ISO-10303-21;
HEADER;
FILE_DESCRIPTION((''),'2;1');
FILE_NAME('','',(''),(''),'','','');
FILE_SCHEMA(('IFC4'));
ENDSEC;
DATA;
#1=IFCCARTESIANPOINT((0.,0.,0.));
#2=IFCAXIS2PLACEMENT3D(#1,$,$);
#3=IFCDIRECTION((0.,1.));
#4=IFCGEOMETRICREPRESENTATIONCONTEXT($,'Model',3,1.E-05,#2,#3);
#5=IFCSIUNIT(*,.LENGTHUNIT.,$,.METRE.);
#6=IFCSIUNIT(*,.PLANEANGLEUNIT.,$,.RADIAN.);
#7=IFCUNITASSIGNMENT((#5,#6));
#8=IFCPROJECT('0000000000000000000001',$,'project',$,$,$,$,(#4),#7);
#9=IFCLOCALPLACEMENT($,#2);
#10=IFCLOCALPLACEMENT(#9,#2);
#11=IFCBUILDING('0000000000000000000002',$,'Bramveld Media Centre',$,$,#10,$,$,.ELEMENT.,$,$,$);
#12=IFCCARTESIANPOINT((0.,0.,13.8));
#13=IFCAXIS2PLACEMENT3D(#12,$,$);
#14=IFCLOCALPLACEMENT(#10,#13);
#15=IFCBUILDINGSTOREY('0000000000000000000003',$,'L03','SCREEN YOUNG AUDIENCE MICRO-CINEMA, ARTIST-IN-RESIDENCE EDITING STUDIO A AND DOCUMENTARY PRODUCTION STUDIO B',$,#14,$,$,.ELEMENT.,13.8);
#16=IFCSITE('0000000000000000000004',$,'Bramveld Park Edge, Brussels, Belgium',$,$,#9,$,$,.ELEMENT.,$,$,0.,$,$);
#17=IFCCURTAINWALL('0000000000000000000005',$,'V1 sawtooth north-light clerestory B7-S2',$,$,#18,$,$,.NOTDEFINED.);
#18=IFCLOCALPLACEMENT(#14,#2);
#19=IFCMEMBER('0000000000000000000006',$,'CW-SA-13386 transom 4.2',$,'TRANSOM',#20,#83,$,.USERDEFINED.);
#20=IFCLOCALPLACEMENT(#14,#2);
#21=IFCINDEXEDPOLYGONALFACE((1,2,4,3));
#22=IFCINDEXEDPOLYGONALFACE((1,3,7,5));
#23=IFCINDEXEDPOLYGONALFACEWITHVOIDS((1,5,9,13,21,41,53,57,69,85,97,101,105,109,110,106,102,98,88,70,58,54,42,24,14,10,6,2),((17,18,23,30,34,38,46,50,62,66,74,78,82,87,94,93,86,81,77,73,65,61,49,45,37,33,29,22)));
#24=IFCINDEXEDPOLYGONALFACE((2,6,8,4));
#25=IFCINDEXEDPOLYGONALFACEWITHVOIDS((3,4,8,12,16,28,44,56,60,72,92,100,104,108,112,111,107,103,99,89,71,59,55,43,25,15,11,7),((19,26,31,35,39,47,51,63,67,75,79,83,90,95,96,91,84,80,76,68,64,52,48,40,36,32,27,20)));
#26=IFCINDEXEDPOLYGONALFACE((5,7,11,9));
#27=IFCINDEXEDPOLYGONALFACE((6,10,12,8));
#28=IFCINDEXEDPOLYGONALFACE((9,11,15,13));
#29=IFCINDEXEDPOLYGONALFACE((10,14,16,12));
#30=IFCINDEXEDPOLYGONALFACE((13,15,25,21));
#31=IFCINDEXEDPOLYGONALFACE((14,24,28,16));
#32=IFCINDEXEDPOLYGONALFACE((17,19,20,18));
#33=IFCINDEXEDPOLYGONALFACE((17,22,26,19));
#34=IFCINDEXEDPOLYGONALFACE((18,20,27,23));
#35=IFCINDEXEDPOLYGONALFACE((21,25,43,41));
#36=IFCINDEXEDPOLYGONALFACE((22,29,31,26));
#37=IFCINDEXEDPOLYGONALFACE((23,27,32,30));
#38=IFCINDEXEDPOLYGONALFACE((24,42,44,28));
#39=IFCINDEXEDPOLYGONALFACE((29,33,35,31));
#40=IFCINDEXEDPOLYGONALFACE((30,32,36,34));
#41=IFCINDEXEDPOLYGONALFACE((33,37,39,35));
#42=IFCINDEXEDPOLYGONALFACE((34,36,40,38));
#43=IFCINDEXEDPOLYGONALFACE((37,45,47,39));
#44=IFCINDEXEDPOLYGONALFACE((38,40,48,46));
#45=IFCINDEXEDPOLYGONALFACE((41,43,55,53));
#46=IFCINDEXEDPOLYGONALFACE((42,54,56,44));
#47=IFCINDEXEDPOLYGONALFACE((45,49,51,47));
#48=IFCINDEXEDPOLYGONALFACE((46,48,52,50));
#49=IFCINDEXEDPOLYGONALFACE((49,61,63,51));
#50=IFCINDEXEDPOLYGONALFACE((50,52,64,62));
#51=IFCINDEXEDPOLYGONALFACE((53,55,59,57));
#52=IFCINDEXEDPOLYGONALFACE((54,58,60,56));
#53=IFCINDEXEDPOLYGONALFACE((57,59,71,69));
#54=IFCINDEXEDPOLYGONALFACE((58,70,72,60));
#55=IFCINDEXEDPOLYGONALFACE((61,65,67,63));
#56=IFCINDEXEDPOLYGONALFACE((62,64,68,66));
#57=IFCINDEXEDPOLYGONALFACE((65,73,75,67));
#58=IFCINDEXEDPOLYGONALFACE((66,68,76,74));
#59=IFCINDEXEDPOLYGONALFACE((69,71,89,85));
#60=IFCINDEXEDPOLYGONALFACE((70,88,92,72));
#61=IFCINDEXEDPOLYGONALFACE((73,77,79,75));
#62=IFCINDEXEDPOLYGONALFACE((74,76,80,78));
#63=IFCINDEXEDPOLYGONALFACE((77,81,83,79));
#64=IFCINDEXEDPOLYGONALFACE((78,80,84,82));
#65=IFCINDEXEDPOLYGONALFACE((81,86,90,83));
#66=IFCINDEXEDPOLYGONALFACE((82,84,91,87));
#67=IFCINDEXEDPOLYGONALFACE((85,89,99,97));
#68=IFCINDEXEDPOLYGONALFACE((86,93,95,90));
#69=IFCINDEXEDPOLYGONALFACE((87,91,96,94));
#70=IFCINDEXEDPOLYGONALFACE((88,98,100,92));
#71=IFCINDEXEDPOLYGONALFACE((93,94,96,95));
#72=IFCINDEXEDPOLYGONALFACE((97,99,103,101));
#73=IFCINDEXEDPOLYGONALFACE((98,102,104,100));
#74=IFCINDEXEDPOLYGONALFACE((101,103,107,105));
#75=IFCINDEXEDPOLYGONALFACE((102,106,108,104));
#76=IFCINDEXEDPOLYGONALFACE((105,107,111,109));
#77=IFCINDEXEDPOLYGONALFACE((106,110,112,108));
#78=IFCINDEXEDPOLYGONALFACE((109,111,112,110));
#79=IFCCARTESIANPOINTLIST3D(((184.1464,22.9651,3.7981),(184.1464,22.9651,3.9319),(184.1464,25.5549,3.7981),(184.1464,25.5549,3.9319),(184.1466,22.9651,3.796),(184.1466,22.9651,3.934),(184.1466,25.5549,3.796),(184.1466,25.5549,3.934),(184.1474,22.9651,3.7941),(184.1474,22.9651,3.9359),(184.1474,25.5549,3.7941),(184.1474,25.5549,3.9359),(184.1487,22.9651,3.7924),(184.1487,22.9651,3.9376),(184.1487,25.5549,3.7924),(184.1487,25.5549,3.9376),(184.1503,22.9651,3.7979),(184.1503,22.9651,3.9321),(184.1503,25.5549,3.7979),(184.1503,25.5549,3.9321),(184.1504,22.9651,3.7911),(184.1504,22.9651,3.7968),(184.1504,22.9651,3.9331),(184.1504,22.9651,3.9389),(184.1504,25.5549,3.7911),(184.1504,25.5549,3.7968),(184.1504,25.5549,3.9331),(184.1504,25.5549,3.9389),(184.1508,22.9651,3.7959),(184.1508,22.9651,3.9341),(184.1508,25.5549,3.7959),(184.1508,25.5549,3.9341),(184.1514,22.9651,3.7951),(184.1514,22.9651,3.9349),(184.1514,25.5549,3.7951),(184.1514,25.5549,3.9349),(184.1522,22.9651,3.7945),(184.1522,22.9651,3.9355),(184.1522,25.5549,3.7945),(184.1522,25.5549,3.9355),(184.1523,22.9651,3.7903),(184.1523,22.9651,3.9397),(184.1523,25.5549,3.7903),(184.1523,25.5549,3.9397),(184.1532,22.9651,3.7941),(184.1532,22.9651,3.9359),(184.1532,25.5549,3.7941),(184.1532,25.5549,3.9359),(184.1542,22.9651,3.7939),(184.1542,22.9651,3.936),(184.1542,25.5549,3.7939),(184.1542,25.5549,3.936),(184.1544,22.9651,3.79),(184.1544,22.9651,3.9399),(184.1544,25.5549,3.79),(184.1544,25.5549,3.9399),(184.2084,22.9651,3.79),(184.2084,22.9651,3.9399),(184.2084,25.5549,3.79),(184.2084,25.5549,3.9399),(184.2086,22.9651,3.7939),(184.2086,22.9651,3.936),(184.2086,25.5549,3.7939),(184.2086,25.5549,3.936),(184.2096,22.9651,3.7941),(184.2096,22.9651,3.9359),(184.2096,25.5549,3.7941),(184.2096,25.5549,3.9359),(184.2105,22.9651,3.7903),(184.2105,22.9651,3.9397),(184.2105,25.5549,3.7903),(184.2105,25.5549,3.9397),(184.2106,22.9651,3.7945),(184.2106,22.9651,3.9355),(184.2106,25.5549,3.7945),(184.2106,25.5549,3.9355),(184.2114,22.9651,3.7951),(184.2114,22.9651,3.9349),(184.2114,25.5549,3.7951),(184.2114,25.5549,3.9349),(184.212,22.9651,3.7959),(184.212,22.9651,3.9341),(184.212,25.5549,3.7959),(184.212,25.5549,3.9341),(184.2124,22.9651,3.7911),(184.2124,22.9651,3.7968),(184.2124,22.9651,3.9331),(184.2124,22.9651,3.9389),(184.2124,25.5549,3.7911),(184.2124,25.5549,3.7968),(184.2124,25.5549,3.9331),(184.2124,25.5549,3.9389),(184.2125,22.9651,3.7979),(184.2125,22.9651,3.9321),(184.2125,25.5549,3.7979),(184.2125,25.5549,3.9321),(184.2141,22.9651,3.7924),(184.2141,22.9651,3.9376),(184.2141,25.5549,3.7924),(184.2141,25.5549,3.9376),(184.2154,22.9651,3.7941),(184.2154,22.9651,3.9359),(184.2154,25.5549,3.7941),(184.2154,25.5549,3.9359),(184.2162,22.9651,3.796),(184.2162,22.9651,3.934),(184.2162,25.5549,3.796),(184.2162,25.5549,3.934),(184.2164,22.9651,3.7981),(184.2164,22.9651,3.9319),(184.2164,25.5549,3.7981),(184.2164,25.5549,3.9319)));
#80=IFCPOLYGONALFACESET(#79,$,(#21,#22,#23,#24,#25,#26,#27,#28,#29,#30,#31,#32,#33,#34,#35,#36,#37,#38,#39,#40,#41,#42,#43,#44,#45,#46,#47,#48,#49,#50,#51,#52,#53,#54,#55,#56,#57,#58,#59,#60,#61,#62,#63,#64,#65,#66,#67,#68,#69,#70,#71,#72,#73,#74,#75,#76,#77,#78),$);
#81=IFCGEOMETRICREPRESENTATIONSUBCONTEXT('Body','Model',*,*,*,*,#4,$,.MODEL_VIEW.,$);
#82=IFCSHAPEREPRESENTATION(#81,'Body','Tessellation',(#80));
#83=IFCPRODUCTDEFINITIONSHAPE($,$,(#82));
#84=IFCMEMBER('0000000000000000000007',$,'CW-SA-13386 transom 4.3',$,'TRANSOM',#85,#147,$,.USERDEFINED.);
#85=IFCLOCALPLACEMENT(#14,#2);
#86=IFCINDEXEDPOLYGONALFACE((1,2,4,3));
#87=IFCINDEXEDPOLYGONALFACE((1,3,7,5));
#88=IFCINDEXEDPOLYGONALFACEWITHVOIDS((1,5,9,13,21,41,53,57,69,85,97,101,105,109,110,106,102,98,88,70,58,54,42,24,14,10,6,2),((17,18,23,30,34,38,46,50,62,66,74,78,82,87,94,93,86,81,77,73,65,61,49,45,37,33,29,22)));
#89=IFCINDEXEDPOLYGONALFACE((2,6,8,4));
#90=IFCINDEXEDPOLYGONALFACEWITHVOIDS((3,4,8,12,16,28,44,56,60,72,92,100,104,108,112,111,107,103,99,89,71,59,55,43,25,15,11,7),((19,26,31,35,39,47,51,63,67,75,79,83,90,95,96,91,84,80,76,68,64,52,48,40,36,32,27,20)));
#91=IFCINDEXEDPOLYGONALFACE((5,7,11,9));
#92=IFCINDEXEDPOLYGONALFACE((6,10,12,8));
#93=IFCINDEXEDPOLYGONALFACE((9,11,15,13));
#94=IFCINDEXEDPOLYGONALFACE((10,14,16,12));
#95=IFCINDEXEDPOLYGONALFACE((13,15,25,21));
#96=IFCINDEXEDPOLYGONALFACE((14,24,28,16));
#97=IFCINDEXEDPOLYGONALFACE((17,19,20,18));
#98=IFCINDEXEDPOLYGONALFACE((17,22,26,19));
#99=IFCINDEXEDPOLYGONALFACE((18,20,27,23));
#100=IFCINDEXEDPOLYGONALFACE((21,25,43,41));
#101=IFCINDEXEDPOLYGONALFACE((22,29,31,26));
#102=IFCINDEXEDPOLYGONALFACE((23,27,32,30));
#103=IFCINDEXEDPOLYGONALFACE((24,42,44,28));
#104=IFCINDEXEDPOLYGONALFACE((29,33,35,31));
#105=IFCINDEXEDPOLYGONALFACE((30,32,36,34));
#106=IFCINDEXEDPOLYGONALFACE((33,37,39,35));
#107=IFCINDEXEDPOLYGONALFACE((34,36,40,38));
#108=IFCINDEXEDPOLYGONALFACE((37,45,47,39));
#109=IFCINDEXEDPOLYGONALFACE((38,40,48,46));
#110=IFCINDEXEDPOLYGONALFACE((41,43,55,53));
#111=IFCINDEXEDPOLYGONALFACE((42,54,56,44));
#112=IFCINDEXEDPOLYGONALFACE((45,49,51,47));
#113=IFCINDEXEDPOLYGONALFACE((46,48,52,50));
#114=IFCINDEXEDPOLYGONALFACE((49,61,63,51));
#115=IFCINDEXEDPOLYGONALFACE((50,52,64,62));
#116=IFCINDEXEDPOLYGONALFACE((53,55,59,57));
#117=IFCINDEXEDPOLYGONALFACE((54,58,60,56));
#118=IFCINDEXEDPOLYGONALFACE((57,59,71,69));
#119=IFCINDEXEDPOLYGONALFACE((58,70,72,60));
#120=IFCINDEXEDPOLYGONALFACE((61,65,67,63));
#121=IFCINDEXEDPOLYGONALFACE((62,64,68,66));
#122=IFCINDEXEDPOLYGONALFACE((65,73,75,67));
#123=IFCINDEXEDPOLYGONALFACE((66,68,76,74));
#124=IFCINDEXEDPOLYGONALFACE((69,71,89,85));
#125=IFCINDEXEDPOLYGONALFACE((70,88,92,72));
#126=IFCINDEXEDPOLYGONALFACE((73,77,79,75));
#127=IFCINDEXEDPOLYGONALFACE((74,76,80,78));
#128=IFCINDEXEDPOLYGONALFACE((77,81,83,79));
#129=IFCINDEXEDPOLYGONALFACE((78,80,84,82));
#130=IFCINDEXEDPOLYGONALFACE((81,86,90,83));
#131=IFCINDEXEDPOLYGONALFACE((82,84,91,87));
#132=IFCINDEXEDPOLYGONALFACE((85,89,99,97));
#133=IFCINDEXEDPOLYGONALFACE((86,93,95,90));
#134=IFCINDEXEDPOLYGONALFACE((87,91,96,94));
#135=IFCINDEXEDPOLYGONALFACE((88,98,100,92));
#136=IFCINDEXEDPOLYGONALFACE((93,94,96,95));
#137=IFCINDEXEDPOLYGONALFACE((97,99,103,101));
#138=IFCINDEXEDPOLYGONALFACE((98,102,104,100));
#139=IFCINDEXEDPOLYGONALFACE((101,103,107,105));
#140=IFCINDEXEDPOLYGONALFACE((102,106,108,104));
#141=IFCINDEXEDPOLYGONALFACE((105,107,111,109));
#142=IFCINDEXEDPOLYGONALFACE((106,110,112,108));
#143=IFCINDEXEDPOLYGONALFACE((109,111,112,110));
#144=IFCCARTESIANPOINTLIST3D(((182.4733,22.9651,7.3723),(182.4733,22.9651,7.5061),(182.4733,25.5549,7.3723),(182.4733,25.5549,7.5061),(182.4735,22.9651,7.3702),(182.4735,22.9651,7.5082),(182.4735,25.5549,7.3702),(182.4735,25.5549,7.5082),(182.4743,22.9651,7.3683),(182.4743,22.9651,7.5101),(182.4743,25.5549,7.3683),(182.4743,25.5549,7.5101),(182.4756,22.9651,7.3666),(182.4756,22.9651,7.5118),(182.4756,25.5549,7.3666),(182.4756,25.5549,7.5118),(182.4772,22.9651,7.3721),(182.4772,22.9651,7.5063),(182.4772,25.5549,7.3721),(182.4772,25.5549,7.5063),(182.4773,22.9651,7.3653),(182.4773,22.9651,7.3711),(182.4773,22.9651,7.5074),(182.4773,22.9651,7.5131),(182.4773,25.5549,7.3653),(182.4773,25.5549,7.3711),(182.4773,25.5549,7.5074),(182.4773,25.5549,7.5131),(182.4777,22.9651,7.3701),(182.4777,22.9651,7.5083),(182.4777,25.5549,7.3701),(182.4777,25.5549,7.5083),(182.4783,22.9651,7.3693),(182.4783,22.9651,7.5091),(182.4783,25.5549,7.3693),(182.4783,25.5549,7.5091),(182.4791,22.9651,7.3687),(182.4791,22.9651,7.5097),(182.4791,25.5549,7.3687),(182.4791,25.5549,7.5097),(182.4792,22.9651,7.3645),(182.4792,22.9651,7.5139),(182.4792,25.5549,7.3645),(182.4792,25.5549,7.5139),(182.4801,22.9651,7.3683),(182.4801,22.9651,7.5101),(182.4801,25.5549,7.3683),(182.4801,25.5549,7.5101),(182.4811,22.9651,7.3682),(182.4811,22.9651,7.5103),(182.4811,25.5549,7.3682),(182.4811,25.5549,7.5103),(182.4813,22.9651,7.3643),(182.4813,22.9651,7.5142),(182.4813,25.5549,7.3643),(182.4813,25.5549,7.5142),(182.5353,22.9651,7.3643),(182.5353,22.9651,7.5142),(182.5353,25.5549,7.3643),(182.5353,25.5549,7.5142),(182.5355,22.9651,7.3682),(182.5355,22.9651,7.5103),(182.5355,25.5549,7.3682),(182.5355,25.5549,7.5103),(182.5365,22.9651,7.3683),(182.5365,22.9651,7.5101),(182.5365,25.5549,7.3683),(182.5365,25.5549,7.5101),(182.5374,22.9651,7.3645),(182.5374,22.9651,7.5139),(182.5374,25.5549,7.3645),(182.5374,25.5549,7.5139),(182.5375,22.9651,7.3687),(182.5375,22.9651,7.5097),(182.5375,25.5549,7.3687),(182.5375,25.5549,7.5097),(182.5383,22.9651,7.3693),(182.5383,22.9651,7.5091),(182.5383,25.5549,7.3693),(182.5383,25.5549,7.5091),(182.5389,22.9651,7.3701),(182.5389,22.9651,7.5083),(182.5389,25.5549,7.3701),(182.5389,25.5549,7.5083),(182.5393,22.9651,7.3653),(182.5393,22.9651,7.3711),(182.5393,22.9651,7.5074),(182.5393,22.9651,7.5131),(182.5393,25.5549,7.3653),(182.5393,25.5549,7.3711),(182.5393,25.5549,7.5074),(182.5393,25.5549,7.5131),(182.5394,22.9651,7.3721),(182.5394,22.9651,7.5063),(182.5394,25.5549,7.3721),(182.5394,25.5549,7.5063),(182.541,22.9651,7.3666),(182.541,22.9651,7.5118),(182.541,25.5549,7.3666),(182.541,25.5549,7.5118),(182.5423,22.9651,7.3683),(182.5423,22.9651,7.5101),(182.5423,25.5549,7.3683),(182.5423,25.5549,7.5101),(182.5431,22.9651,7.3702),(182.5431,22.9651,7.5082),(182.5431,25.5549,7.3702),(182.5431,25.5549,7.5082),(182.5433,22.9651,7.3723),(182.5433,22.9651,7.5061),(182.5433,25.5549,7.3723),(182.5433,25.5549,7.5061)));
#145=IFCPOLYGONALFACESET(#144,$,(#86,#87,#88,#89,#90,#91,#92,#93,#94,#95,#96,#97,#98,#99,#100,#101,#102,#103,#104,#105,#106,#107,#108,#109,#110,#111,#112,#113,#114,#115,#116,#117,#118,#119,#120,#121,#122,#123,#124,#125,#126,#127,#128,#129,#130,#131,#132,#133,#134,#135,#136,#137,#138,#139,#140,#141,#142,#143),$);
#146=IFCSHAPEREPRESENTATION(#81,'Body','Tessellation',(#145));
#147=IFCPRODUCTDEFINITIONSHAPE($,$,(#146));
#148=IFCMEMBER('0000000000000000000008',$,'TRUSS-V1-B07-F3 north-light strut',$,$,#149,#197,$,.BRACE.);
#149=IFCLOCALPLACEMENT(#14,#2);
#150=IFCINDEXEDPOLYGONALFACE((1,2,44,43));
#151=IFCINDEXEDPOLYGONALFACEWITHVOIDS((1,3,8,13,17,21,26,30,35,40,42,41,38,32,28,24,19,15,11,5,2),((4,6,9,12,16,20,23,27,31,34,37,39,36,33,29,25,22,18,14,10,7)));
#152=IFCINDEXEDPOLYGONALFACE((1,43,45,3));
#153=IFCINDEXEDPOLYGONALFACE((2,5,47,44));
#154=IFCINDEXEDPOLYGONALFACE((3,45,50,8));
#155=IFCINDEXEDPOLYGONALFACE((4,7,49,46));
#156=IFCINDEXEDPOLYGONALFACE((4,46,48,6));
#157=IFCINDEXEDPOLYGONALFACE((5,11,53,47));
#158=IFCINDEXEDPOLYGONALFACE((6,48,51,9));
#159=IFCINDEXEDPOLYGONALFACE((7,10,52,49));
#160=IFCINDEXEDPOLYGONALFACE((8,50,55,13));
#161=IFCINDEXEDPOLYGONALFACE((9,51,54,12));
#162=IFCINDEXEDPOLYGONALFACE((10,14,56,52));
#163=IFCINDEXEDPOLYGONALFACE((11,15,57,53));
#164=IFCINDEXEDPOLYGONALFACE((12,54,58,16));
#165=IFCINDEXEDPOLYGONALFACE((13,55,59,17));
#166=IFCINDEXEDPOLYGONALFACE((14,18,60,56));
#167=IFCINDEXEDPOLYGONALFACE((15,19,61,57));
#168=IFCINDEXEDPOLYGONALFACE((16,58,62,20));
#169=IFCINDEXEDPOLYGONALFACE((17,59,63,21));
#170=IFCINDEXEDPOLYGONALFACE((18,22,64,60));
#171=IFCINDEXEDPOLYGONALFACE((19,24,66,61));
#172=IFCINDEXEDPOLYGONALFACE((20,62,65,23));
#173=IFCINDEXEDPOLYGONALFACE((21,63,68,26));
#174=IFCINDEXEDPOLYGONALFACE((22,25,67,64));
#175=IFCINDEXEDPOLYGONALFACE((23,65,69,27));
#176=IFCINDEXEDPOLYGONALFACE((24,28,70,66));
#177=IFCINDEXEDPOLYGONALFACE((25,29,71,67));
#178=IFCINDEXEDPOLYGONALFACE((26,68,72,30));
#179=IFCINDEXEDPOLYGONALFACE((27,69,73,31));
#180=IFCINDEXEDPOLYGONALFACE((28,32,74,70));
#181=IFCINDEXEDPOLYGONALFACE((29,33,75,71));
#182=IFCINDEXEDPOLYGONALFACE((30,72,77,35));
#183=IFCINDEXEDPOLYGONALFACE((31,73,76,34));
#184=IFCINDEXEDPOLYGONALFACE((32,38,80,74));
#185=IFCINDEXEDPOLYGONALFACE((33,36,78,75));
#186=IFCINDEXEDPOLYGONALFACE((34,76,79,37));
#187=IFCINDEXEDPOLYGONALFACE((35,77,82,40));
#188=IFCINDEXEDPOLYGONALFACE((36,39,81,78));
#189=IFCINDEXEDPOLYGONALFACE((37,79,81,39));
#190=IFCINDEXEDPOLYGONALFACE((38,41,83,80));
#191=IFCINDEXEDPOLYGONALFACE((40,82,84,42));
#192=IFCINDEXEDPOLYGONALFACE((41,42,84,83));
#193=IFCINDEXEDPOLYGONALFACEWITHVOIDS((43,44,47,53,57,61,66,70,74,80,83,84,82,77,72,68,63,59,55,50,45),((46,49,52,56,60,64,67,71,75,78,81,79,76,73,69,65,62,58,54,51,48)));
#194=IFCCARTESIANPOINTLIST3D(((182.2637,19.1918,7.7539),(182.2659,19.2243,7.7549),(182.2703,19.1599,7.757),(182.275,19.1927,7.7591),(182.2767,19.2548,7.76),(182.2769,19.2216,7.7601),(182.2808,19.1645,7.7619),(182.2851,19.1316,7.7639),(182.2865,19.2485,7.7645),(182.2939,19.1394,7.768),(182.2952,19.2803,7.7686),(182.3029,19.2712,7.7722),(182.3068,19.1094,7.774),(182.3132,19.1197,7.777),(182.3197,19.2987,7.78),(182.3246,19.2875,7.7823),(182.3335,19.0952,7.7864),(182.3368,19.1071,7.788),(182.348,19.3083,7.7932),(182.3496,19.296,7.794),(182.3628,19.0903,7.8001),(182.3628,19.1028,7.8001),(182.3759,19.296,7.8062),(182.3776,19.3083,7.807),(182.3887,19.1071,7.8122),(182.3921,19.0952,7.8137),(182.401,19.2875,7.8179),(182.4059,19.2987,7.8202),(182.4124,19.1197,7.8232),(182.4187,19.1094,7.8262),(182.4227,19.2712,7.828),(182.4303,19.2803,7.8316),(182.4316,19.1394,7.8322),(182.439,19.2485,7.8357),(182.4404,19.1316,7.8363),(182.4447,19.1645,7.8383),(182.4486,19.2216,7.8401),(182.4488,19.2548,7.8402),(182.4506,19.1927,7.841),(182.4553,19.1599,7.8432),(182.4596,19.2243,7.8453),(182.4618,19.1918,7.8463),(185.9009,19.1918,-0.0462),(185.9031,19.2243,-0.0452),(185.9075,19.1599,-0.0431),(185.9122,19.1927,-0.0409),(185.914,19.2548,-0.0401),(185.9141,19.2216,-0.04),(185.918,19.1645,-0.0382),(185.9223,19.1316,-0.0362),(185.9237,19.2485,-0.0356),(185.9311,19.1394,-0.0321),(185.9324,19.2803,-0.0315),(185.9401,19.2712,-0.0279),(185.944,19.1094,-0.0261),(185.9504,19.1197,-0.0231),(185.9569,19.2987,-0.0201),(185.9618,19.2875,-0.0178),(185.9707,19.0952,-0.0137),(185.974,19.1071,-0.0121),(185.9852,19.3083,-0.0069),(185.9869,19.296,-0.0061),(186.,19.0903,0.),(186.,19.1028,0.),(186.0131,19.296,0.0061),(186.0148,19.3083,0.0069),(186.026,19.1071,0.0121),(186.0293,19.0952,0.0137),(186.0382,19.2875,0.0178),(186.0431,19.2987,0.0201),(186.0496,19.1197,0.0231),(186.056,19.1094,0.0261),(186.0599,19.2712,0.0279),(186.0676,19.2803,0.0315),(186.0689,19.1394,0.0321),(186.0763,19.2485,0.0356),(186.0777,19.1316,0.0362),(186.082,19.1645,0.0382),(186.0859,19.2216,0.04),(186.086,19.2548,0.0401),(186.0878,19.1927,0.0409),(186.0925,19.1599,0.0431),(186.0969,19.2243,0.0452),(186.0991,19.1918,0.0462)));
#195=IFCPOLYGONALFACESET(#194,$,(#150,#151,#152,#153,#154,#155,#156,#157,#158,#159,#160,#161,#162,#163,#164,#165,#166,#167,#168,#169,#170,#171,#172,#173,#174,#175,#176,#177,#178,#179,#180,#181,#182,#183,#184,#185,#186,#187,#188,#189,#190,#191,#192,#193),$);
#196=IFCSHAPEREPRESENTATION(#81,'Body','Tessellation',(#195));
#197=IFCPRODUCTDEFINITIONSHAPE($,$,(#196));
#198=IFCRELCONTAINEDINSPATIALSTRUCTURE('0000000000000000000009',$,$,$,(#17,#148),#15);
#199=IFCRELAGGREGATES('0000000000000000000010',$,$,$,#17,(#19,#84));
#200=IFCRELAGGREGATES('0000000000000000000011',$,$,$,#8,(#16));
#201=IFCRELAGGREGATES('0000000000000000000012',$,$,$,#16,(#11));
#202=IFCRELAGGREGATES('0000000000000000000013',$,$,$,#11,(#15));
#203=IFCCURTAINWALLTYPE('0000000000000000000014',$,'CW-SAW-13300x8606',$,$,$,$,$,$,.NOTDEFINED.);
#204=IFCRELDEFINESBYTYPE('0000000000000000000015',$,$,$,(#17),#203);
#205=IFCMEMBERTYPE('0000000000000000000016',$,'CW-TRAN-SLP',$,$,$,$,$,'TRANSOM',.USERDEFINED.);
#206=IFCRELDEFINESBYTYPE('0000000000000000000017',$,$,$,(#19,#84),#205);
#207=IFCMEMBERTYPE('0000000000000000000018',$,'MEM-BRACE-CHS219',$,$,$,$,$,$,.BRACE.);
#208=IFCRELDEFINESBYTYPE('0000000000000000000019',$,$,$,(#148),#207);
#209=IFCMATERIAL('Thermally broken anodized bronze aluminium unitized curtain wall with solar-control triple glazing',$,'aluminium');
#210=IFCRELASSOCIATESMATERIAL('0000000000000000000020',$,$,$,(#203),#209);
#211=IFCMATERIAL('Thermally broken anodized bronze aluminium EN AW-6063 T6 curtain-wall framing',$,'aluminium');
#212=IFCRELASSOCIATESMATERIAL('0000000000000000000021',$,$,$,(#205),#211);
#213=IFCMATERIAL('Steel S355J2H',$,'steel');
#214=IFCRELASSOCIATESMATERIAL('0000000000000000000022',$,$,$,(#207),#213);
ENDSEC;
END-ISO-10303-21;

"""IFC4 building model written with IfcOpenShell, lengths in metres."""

from ifc_helpers import new_model, si_unit, direction, frame, origin, origin_2d, place, context, subcontext, project, spatial, hollow_rectangle, hollow_circle, extrude, material, material_profile, profile_set, type_object, element, aggregate, save


model = new_model("IFC4")

# Units and contexts
model_context = context("Model", 3, precision=1e-05, world=origin(), true_north=direction((0.0, 1.0)))
body_context = subcontext(model_context, "Body", "Model", "MODEL_VIEW")
ifc_project = project(units=[si_unit("LENGTHUNIT", "METRE"), si_unit("PLANEANGLEUNIT", "RADIAN")], contexts=[model_context])

# Site, building, storey
site_placement = place(None, origin())
site = spatial("IfcSite", under=ifc_project, at=site_placement, Name="Bramveld Park Edge, Brussels, Belgium", CompositionType="ELEMENT", RefElevation=0.0)
building_placement = place(site_placement, origin())
building = spatial("IfcBuilding", under=site, at=building_placement, Name="Bramveld Media Centre", CompositionType="ELEMENT")
storey_placement = place(building_placement, frame((0.0, 0.0, 13.8)))
storey = spatial("IfcBuildingStorey", under=building, at=storey_placement, Name="L03", Description="SCREEN YOUNG AUDIENCE MICRO-CINEMA, ARTIST-IN-RESIDENCE EDITING STUDIO A AND DOCUMENTARY PRODUCTION STUDIO B", CompositionType="ELEMENT", Elevation=13.8)

# Curtain wall, members
ifc_material_1 = material(Name="Thermally broken anodized bronze aluminium unitized curtain wall with solar-control triple glazing", Category="aluminium")
curtain_wall_type = type_object("IfcCurtainWallType", Name="CW-SAW-13300x8606", PredefinedType="NOTDEFINED", material=ifc_material_1)
curtain_wall_placement = place(storey_placement, origin())
curtain_wall = element("IfcCurtainWall", 1, at=curtain_wall_placement, inside=storey, type_object=curtain_wall_type, Name="V1 sawtooth north-light clerestory B7-S2", PredefinedType="NOTDEFINED")
ifc_material_2 = material(Name="Thermally broken anodized bronze aluminium EN AW-6063 T6 curtain-wall framing", Category="aluminium")
ifc_material_profile_1 = material_profile(ifc_material_2, hollow_rectangle(XDim=0.0701, YDim=0.1499, WallThickness=0.0039, InnerFilletRadius=0.0039, OuterFilletRadius=0.0081, at=origin_2d()), Name="AL-TRAN 70x150")
ifc_profile_set_1 = profile_set([ifc_material_profile_1], Name="Thermally broken anodized bronze aluminium EN AW-6063 T6 curtain-wall framing")
member_type_1 = type_object("IfcMemberType", Name="CW-TRAN-SLP", ElementType="TRANSOM", PredefinedType="USERDEFINED", material=ifc_profile_set_1)
member_1_placement = place(storey_placement, frame((184.1814, 22.9651, 3.865), z_axis=(0.0, 1.0, 0.0), x_axis=(-1.0, 0.0, 0.0)))
member_1 = element("IfcMember", 2, at=member_1_placement, type_object=member_type_1, Name="CW-SA-13386 transom 4.2", ObjectType="TRANSOM", PredefinedType="USERDEFINED", context=body_context, shape_type="SweptSolid", body=[
    extrude(hollow_rectangle(XDim=0.0701, YDim=0.1499, WallThickness=0.0039, InnerFilletRadius=0.0039, OuterFilletRadius=0.0081, at=origin_2d()), origin(), (0.0, 0.0, 1.0), 2.5898),
])
member_2_placement = place(storey_placement, frame((182.5083, 22.9651, 7.4392), z_axis=(0.0, 1.0, 0.0), x_axis=(-1.0, 0.0, 0.0)))
member_2 = element("IfcMember", 3, at=member_2_placement, type_object=member_type_1, Name="CW-SA-13386 transom 4.3", ObjectType="TRANSOM", PredefinedType="USERDEFINED", context=body_context, shape_type="SweptSolid", body=[
    extrude(hollow_rectangle(XDim=0.0701, YDim=0.1499, WallThickness=0.0039, InnerFilletRadius=0.0039, OuterFilletRadius=0.0081, at=origin_2d()), origin(), (0.0, 0.0, 1.0), 2.5898),
])

# Member
ifc_material_3 = material(Name="Steel S355J2H", Category="steel")
ifc_material_profile_2 = material_profile(ifc_material_3, hollow_circle(Radius=0.1096, WallThickness=0.0125, at=origin_2d()), Name="CHS 219.1x12.5")
ifc_profile_set_2 = profile_set([ifc_material_profile_2], Name="Steel S355J2H")
member_type_2 = type_object("IfcMemberType", Name="MEM-BRACE-CHS219", PredefinedType="BRACE", material=ifc_profile_set_2)
member_3_placement = place(storey_placement, frame((186.0, 19.2, 0.0), z_axis=(-0.422617, 0.0, 0.906308), x_axis=(0.0, -1.0, 0.0)))
element("IfcMember", 4, at=member_3_placement, inside=storey, type_object=member_type_2, Name="TRUSS-V1-B07-F3 north-light strut", PredefinedType="BRACE", context=body_context, shape_type="SweptSolid", body=[
    extrude(hollow_circle(Radius=0.1096, WallThickness=0.0125, at=origin_2d()), origin(), (0.0, 0.0, 1.0), 8.6064),
])

aggregate(curtain_wall, [member_1, member_2])

save(model, "model.ifc")
